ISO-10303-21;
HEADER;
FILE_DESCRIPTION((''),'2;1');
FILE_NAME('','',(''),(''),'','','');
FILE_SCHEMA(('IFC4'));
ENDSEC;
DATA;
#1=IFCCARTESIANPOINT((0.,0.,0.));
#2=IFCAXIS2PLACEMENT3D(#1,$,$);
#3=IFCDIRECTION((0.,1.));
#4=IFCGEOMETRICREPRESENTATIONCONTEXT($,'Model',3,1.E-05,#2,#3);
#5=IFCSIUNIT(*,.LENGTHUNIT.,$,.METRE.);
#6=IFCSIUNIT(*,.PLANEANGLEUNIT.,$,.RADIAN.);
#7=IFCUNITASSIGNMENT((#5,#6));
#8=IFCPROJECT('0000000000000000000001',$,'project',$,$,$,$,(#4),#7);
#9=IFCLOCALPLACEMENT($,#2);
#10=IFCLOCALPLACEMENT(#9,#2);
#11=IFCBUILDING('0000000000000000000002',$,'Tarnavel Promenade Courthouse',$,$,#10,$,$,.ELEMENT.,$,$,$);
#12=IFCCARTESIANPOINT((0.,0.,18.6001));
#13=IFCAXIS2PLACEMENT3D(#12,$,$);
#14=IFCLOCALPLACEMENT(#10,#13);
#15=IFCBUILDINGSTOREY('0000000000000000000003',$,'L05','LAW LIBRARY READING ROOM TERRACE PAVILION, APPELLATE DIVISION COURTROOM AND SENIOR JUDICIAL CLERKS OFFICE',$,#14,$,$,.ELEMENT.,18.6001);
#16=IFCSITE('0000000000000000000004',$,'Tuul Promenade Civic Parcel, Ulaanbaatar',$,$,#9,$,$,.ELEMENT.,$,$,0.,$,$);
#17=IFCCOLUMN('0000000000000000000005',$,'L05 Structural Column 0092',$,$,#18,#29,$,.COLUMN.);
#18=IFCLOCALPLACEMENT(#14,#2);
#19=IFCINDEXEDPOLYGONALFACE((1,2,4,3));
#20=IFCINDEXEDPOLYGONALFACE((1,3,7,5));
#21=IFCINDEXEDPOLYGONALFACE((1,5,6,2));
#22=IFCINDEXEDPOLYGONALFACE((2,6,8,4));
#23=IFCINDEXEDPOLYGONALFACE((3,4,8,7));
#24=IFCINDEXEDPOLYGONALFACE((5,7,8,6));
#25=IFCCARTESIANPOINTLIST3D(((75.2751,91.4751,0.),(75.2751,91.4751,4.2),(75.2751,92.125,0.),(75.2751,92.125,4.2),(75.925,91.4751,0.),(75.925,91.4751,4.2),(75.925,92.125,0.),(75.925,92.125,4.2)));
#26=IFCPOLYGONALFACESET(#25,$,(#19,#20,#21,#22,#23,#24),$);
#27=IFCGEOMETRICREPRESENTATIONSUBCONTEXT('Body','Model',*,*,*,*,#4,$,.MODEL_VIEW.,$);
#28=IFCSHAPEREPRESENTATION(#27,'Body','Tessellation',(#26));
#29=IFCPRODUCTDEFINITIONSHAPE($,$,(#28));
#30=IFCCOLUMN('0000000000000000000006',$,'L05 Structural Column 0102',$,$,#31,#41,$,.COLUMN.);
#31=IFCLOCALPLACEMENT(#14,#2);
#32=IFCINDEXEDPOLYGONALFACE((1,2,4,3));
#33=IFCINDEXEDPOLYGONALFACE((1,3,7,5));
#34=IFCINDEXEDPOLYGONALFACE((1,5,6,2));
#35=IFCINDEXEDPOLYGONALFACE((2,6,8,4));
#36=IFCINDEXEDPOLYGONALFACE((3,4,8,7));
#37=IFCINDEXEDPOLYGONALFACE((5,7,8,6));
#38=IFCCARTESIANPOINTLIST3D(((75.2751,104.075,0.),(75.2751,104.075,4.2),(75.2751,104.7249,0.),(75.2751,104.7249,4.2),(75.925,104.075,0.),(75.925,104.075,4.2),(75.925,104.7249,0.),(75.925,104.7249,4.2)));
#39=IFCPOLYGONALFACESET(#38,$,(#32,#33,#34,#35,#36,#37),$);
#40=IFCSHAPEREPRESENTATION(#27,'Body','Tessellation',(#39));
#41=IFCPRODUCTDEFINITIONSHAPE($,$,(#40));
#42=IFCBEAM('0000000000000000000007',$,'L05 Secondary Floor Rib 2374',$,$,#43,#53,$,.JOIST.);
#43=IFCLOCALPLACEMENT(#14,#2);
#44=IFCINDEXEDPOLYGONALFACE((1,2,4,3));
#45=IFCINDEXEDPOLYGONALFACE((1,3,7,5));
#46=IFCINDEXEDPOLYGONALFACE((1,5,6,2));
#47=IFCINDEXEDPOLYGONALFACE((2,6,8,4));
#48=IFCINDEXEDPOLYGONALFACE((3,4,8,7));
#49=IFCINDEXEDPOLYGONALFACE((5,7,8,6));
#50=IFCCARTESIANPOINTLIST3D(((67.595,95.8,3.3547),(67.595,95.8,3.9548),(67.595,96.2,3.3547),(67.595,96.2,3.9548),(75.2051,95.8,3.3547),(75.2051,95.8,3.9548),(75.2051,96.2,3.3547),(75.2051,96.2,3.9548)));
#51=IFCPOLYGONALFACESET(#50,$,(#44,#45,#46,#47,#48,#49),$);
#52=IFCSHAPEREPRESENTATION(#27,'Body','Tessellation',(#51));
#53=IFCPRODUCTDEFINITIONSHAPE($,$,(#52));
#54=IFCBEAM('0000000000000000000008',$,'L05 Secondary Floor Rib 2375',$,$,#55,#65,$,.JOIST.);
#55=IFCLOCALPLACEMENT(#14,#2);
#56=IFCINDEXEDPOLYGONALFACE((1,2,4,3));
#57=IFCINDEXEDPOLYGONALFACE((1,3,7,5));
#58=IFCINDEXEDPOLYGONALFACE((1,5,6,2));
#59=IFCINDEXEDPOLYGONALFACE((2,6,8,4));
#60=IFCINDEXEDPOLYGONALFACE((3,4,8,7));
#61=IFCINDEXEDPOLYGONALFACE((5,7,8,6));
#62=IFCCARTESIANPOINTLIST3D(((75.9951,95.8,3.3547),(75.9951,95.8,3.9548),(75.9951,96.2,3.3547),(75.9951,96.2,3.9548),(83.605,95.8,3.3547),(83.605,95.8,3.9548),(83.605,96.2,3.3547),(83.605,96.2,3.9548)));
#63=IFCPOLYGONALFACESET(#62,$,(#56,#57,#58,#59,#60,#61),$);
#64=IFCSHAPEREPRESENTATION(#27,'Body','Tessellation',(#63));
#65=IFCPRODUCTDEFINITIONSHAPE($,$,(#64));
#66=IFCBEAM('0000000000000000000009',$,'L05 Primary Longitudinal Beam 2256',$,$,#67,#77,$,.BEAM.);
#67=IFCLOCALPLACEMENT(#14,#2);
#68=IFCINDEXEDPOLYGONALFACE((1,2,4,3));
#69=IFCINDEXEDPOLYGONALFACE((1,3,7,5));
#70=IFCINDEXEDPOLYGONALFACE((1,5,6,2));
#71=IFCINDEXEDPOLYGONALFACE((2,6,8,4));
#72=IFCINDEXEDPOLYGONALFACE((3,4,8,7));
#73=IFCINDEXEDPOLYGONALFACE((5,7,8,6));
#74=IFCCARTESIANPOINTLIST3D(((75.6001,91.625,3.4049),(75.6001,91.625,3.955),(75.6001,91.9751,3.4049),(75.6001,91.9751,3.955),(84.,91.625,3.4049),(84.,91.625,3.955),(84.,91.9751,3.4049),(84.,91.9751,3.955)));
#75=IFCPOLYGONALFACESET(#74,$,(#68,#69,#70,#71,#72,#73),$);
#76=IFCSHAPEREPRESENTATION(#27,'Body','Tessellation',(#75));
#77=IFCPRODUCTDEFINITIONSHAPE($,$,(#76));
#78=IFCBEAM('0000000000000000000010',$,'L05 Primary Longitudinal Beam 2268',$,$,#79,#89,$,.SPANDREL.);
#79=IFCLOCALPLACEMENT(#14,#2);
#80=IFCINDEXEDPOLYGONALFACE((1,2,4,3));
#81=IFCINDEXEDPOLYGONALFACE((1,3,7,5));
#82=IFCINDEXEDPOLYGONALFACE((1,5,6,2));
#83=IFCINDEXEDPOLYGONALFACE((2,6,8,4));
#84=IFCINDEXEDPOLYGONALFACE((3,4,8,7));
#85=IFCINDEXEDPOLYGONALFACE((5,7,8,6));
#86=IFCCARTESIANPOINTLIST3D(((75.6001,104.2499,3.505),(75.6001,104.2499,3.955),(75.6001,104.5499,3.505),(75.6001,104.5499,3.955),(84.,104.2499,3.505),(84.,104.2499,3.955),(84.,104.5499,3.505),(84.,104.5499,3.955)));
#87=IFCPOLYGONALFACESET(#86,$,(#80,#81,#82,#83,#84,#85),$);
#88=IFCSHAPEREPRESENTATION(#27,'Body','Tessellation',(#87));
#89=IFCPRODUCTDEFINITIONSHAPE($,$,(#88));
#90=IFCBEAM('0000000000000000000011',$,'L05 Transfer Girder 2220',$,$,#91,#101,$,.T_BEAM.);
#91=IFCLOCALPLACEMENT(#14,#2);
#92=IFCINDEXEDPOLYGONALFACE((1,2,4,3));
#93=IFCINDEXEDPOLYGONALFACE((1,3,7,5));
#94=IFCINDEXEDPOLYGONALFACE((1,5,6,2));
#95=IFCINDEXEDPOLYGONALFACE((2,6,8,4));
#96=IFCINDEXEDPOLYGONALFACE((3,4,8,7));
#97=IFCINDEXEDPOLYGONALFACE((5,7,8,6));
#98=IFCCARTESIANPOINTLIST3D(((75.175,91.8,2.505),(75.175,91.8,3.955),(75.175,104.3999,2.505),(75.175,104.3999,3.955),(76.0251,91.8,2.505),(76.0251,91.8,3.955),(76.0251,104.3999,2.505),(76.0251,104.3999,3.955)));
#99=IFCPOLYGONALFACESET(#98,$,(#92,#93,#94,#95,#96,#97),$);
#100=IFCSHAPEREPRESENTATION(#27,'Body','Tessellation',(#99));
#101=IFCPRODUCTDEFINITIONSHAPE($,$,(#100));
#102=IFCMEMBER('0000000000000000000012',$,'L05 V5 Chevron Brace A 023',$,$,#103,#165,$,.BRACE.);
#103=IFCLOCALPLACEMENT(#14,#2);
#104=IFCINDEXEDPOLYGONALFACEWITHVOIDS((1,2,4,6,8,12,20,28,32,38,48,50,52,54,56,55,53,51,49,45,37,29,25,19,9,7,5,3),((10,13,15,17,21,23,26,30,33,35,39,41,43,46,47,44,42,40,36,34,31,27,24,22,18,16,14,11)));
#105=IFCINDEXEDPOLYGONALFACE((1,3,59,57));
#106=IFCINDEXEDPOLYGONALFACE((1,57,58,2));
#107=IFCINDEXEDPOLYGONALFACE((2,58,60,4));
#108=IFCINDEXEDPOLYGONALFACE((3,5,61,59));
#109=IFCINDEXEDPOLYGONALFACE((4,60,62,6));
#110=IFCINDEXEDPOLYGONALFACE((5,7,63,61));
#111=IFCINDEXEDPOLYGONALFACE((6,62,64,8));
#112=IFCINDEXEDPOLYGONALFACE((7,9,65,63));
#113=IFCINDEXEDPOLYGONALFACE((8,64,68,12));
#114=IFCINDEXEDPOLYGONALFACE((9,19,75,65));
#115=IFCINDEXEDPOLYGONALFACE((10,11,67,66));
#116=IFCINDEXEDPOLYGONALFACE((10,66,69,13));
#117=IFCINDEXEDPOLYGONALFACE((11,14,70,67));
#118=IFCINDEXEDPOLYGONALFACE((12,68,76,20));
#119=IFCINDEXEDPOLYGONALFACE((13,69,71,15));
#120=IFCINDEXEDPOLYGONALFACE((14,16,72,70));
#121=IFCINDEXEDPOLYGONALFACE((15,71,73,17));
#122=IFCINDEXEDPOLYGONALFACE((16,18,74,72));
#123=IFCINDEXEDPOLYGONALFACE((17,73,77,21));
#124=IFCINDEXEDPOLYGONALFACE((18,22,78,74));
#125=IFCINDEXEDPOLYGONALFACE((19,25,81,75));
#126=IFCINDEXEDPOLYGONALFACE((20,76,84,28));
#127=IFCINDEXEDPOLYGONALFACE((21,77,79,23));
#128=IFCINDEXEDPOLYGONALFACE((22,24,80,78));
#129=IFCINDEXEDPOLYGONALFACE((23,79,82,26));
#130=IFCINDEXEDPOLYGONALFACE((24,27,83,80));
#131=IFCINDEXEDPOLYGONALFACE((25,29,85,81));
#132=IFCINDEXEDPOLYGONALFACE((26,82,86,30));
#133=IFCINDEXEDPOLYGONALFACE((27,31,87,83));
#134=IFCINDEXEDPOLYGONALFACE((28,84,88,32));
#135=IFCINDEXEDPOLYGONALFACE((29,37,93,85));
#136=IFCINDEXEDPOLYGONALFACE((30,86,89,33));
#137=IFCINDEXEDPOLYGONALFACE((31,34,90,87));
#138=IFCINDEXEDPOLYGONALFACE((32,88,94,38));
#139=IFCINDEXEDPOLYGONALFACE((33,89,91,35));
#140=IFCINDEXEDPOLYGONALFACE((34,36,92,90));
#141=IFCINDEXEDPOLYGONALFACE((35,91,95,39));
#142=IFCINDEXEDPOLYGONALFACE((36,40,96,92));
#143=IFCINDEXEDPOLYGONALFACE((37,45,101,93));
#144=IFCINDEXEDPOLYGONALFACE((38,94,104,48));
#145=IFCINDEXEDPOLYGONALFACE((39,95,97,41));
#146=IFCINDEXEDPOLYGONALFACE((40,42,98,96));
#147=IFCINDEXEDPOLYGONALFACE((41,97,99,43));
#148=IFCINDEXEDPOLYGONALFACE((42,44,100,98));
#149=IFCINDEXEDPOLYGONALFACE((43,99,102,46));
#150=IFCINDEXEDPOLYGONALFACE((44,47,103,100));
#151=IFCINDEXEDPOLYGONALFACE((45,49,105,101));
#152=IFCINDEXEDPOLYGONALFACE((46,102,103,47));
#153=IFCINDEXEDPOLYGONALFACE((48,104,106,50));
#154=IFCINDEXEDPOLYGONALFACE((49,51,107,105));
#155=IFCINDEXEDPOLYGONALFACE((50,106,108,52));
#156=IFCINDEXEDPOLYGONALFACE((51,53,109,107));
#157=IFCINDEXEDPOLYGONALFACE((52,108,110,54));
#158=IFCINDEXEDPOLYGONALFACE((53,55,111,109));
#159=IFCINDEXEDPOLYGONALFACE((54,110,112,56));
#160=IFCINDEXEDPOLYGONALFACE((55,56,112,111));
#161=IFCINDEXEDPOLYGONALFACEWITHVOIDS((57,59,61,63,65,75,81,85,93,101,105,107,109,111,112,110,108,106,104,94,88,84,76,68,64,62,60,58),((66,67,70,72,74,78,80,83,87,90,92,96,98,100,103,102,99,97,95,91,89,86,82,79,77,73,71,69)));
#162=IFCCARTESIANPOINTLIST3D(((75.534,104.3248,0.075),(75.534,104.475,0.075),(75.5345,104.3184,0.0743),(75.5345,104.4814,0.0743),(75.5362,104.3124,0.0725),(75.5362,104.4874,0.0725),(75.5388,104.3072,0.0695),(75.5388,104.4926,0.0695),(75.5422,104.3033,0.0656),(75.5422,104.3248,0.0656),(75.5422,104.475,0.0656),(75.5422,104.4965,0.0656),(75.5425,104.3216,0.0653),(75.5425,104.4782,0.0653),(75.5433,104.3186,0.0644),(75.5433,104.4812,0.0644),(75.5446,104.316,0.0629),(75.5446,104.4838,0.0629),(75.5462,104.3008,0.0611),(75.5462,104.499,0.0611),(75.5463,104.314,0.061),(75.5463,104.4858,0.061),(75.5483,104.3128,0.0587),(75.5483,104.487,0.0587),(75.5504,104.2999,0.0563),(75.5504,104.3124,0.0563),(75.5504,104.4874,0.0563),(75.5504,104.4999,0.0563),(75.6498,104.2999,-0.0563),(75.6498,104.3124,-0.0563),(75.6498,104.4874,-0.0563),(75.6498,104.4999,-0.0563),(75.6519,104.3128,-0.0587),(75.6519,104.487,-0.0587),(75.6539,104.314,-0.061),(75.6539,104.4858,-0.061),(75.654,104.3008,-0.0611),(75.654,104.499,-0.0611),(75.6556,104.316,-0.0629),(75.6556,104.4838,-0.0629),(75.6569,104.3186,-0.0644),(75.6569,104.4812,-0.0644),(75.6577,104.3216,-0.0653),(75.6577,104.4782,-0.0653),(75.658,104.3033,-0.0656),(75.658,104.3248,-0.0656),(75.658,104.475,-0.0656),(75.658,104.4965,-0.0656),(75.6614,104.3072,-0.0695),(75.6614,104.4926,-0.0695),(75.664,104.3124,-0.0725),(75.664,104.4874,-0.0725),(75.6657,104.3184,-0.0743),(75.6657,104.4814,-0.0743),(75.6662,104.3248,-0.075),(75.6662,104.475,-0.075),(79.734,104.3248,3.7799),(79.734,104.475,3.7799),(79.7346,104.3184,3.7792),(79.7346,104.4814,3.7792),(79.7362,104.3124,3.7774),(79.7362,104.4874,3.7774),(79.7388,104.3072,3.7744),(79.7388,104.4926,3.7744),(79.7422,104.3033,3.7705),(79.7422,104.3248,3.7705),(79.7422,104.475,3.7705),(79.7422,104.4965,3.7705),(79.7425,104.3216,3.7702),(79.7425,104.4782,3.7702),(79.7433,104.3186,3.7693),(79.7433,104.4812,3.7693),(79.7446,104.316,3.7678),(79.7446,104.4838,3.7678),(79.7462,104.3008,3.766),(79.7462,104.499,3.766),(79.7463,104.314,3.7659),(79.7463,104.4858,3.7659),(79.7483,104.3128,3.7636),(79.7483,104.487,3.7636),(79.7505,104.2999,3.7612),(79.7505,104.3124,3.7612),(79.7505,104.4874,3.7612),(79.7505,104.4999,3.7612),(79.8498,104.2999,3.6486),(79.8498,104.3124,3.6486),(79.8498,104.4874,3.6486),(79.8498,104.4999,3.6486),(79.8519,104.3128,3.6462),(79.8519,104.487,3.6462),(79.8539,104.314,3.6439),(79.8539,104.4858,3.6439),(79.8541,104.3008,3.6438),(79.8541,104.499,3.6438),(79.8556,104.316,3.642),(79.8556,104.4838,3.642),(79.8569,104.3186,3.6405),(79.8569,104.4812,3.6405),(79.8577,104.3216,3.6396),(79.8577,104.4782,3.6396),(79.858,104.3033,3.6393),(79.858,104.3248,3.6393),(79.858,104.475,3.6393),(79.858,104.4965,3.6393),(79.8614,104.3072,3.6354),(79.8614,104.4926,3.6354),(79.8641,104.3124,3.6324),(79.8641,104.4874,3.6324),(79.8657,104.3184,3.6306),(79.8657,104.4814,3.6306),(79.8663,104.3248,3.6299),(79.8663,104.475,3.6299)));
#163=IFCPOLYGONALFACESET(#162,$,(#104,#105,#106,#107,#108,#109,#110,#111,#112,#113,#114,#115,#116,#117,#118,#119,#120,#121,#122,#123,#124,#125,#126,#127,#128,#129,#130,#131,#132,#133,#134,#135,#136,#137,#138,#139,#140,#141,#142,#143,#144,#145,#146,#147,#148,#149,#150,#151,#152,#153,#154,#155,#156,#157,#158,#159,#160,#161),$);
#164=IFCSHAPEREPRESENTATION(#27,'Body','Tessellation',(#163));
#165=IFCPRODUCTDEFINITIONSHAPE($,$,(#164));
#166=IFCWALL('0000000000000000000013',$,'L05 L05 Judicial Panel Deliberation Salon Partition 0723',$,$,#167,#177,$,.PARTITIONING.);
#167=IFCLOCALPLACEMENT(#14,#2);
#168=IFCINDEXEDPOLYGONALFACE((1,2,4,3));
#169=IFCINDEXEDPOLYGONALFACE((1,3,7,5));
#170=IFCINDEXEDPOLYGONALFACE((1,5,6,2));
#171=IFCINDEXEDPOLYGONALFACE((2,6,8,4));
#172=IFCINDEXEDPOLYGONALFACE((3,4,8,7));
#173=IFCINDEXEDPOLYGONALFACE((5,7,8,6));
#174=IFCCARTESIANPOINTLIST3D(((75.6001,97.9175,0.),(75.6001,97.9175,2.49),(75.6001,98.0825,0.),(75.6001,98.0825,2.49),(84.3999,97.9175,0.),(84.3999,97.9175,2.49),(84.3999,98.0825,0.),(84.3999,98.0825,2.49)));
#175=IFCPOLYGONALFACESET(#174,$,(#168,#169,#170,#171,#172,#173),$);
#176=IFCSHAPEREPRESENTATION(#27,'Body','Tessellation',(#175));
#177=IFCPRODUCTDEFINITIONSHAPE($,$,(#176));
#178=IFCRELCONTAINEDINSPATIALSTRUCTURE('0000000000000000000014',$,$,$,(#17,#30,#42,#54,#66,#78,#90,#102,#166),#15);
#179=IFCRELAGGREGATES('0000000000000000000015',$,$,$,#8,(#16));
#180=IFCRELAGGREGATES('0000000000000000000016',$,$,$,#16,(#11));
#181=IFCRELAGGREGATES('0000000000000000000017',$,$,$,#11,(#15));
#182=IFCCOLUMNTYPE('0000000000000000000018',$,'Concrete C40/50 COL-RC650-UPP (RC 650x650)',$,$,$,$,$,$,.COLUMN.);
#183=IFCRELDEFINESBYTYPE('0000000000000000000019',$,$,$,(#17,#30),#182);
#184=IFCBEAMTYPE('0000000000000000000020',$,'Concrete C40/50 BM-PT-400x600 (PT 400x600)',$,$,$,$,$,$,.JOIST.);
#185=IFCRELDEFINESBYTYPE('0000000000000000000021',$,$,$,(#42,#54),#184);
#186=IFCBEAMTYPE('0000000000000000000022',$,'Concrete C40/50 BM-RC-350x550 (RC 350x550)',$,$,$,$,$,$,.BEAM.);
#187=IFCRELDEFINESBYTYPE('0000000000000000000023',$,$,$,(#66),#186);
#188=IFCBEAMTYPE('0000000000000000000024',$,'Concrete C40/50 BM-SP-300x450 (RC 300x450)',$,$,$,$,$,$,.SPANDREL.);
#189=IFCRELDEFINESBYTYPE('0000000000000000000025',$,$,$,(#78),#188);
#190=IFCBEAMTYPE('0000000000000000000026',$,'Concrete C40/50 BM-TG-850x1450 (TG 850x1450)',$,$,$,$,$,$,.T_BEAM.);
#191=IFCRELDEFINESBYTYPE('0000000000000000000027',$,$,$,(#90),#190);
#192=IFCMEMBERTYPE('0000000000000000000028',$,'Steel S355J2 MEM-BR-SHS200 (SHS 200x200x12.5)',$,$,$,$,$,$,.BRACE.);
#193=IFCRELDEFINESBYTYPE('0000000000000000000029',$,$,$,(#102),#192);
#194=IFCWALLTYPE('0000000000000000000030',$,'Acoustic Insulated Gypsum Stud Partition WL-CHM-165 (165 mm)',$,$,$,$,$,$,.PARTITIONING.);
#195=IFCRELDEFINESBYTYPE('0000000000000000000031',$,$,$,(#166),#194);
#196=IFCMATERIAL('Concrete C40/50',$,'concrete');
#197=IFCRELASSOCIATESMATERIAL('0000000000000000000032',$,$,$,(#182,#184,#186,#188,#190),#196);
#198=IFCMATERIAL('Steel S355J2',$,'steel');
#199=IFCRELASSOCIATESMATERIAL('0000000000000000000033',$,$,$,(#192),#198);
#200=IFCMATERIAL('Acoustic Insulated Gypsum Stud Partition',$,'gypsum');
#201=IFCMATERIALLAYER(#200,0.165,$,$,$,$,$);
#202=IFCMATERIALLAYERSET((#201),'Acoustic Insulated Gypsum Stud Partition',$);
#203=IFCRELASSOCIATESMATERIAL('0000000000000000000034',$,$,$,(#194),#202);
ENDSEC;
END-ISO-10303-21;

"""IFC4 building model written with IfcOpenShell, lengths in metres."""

from ifc_helpers import new_model, si_unit, direction, frame, frame_2d, origin, origin_2d, place, context, subcontext, project, spatial, rectangle, hollow_rectangle, extrude, material, layer, layer_set, material_profile, profile_set, type_object, element, save


model = new_model("IFC4")

# Units and contexts
model_context = context("Model", 3, precision=1e-05, world=origin(), true_north=direction((0.0, 1.0)))
body_context = subcontext(model_context, "Body", "Model", "MODEL_VIEW")
ifc_project = project(units=[si_unit("LENGTHUNIT", "METRE"), si_unit("PLANEANGLEUNIT", "RADIAN")], contexts=[model_context])

# Site, building, storey
site_placement = place(None, origin())
site = spatial("IfcSite", under=ifc_project, at=site_placement, Name="Tuul Promenade Civic Parcel, Ulaanbaatar", CompositionType="ELEMENT", RefElevation=0.0)
building_placement = place(site_placement, origin())
building = spatial("IfcBuilding", under=site, at=building_placement, Name="Tarnavel Promenade Courthouse", CompositionType="ELEMENT")
storey_placement = place(building_placement, frame((0.0, 0.0, 18.6001)))
storey = spatial("IfcBuildingStorey", under=building, at=storey_placement, Name="L05", Description="LAW LIBRARY READING ROOM TERRACE PAVILION, APPELLATE DIVISION COURTROOM AND SENIOR JUDICIAL CLERKS OFFICE", CompositionType="ELEMENT", Elevation=18.6001)

# Columns
ifc_material_1 = material(Name="Concrete C40/50", Category="concrete")
ifc_material_profile_1 = material_profile(ifc_material_1, rectangle(XDim=0.6499, YDim=0.6499, at=origin_2d()), Name="RC 650x650")
ifc_profile_set_1 = profile_set([ifc_material_profile_1], Name="Concrete C40/50")
column_type = type_object("IfcColumnType", Name="Concrete C40/50 COL-RC650-UPP (RC 650x650)", PredefinedType="COLUMN", material=ifc_profile_set_1)
for number, where, z_axis, x_axis, name in (
    (1, (75.6001, 91.8, 0.0), (0.0, 0.0, 1.0), (1.0, 0.0, 0.0), "L05 Structural Column 0092"),
    (2, (75.6001, 104.3999, 0.0), (0.0, 0.0, 1.0), (1.0, 0.0, 0.0), "L05 Structural Column 0102"),
):
    element("IfcColumn", number, at=place(storey_placement, frame(where, z_axis=z_axis, x_axis=x_axis)), inside=storey, type_object=column_type, Name=name, PredefinedType="COLUMN", context=body_context, shape_type="SweptSolid", body=[
        extrude(rectangle(XDim=0.6499, YDim=0.6499, at=origin_2d()), origin(), (0.0, 0.0, 1.0), 4.2),
    ])

# Beams
ifc_material_profile_2 = material_profile(ifc_material_1, rectangle(XDim=0.3999, YDim=0.6001, at=origin_2d()), Name="PT 400x600")
ifc_profile_set_2 = profile_set([ifc_material_profile_2], Name="Concrete C40/50")
beam_type_1 = type_object("IfcBeamType", Name="Concrete C40/50 BM-PT-400x600 (PT 400x600)", PredefinedType="JOIST", material=ifc_profile_set_2)
beam_1_placement = place(storey_placement, frame((67.595, 96.0, 3.6548), z_axis=(1.0, 0.0, 0.0), x_axis=(0.0, 1.0, 0.0)))
element("IfcBeam", 3, at=beam_1_placement, inside=storey, type_object=beam_type_1, Name="L05 Secondary Floor Rib 2374", PredefinedType="JOIST", context=body_context, shape_type="SweptSolid", body=[
    extrude(rectangle(XDim=0.3999, YDim=0.6001, at=origin_2d()), origin(), (0.0, 0.0, 1.0), 7.6101),
])
beam_2_placement = place(storey_placement, frame((75.9951, 96.0, 3.6548), z_axis=(1.0, 0.0, 0.0), x_axis=(0.0, 1.0, 0.0)))
element("IfcBeam", 4, at=beam_2_placement, inside=storey, type_object=beam_type_1, Name="L05 Secondary Floor Rib 2375", PredefinedType="JOIST", context=body_context, shape_type="SweptSolid", body=[
    extrude(rectangle(XDim=0.3999, YDim=0.6001, at=origin_2d()), origin(), (0.0, 0.0, 1.0), 7.6099),
])
ifc_material_profile_3 = material_profile(ifc_material_1, rectangle(XDim=0.3501, YDim=0.55, at=origin_2d()), Name="RC 350x550")
ifc_profile_set_3 = profile_set([ifc_material_profile_3], Name="Concrete C40/50")
beam_type_2 = type_object("IfcBeamType", Name="Concrete C40/50 BM-RC-350x550 (RC 350x550)", PredefinedType="BEAM", material=ifc_profile_set_3)
beam_3_placement = place(storey_placement, frame((75.6001, 91.8, 3.6799), z_axis=(1.0, 0.0, 0.0), x_axis=(0.0, 1.0, 0.0)))
element("IfcBeam", 5, at=beam_3_placement, inside=storey, type_object=beam_type_2, Name="L05 Primary Longitudinal Beam 2256", PredefinedType="BEAM", context=body_context, shape_type="SweptSolid", body=[
    extrude(rectangle(XDim=0.3501, YDim=0.55, at=origin_2d()), origin(), (0.0, 0.0, 1.0), 8.3999),
])
ifc_material_profile_4 = material_profile(ifc_material_1, rectangle(XDim=0.3, YDim=0.45, at=origin_2d()), Name="RC 300x450")
ifc_profile_set_4 = profile_set([ifc_material_profile_4], Name="Concrete C40/50")
beam_type_3 = type_object("IfcBeamType", Name="Concrete C40/50 BM-SP-300x450 (RC 300x450)", PredefinedType="SPANDREL", material=ifc_profile_set_4)
beam_4_placement = place(storey_placement, frame((75.6001, 104.3999, 3.73), z_axis=(1.0, 0.0, 0.0), x_axis=(0.0, 1.0, 0.0)))
element("IfcBeam", 6, at=beam_4_placement, inside=storey, type_object=beam_type_3, Name="L05 Primary Longitudinal Beam 2268", PredefinedType="SPANDREL", context=body_context, shape_type="SweptSolid", body=[
    extrude(rectangle(XDim=0.3, YDim=0.45, at=origin_2d()), origin(), (0.0, 0.0, 1.0), 8.3999),
])
ifc_material_profile_5 = material_profile(ifc_material_1, rectangle(XDim=0.8501, YDim=1.45, at=origin_2d()), Name="TG 850x1450")
ifc_profile_set_5 = profile_set([ifc_material_profile_5], Name="Concrete C40/50")
beam_type_4 = type_object("IfcBeamType", Name="Concrete C40/50 BM-TG-850x1450 (TG 850x1450)", PredefinedType="T_BEAM", material=ifc_profile_set_5)
beam_5_placement = place(storey_placement, frame((75.6001, 91.8, 3.23), z_axis=(0.0, 1.0, 0.0), x_axis=(-1.0, 0.0, 0.0)))
element("IfcBeam", 7, at=beam_5_placement, inside=storey, type_object=beam_type_4, Name="L05 Transfer Girder 2220", PredefinedType="T_BEAM", context=body_context, shape_type="SweptSolid", body=[
    extrude(rectangle(XDim=0.8501, YDim=1.45, at=origin_2d()), origin(), (0.0, 0.0, 1.0), 12.5999),
])

# Member
ifc_material_2 = material(Name="Steel S355J2", Category="steel")
ifc_material_profile_6 = material_profile(ifc_material_2, hollow_rectangle(XDim=0.2, YDim=0.2, WallThickness=0.0125, InnerFilletRadius=0.0125, OuterFilletRadius=0.0249, at=origin_2d()), Name="SHS 200x200x12.5")
ifc_profile_set_6 = profile_set([ifc_material_profile_6], Name="Steel S355J2")
member_type = type_object("IfcMemberType", Name="Steel S355J2 MEM-BR-SHS200 (SHS 200x200x12.5)", PredefinedType="BRACE", material=ifc_profile_set_6)
member_placement = place(storey_placement, frame((75.6001, 104.3999, 0.0), z_axis=(0.749927, 0.0, 0.661521), x_axis=(0.0, 1.0, 0.0)))
element("IfcMember", 8, at=member_placement, inside=storey, type_object=member_type, Name="L05 V5 Chevron Brace A 023", PredefinedType="BRACE", context=body_context, shape_type="SweptSolid", body=[
    extrude(hollow_rectangle(XDim=0.2, YDim=0.2, WallThickness=0.0125, InnerFilletRadius=0.0125, OuterFilletRadius=0.0249, at=origin_2d()), origin(), (0.0, 0.0, 1.0), 5.6006),
])

# Wall
ifc_material_3 = material(Name="Acoustic Insulated Gypsum Stud Partition", Category="gypsum")
ifc_layer_1 = layer(ifc_material_3, 0.165)
ifc_layer_set_1 = layer_set([ifc_layer_1], Name="Acoustic Insulated Gypsum Stud Partition")
wall_type_1 = type_object("IfcWallType", Name="Acoustic Insulated Gypsum Stud Partition WL-CHM-165 (165 mm)", PredefinedType="PARTITIONING", material=ifc_layer_set_1)
wall_1_placement = place(storey_placement, frame((75.6001, 98.0, 0.0), z_axis=(0.0, 0.0, 1.0), x_axis=(1.0, 0.0, 0.0)))
element("IfcWall", 9, at=wall_1_placement, inside=storey, type_object=wall_type_1, Name="L05 L05 Judicial Panel Deliberation Salon Partition 0723", PredefinedType="PARTITIONING", context=body_context, shape_type="SweptSolid", body=[
    extrude(rectangle(XDim=8.7998, YDim=0.165, at=frame_2d((4.3999, 0.0))), origin(), (0.0, 0.0, 1.0), 2.49),
])

save(model, "model.ifc")
